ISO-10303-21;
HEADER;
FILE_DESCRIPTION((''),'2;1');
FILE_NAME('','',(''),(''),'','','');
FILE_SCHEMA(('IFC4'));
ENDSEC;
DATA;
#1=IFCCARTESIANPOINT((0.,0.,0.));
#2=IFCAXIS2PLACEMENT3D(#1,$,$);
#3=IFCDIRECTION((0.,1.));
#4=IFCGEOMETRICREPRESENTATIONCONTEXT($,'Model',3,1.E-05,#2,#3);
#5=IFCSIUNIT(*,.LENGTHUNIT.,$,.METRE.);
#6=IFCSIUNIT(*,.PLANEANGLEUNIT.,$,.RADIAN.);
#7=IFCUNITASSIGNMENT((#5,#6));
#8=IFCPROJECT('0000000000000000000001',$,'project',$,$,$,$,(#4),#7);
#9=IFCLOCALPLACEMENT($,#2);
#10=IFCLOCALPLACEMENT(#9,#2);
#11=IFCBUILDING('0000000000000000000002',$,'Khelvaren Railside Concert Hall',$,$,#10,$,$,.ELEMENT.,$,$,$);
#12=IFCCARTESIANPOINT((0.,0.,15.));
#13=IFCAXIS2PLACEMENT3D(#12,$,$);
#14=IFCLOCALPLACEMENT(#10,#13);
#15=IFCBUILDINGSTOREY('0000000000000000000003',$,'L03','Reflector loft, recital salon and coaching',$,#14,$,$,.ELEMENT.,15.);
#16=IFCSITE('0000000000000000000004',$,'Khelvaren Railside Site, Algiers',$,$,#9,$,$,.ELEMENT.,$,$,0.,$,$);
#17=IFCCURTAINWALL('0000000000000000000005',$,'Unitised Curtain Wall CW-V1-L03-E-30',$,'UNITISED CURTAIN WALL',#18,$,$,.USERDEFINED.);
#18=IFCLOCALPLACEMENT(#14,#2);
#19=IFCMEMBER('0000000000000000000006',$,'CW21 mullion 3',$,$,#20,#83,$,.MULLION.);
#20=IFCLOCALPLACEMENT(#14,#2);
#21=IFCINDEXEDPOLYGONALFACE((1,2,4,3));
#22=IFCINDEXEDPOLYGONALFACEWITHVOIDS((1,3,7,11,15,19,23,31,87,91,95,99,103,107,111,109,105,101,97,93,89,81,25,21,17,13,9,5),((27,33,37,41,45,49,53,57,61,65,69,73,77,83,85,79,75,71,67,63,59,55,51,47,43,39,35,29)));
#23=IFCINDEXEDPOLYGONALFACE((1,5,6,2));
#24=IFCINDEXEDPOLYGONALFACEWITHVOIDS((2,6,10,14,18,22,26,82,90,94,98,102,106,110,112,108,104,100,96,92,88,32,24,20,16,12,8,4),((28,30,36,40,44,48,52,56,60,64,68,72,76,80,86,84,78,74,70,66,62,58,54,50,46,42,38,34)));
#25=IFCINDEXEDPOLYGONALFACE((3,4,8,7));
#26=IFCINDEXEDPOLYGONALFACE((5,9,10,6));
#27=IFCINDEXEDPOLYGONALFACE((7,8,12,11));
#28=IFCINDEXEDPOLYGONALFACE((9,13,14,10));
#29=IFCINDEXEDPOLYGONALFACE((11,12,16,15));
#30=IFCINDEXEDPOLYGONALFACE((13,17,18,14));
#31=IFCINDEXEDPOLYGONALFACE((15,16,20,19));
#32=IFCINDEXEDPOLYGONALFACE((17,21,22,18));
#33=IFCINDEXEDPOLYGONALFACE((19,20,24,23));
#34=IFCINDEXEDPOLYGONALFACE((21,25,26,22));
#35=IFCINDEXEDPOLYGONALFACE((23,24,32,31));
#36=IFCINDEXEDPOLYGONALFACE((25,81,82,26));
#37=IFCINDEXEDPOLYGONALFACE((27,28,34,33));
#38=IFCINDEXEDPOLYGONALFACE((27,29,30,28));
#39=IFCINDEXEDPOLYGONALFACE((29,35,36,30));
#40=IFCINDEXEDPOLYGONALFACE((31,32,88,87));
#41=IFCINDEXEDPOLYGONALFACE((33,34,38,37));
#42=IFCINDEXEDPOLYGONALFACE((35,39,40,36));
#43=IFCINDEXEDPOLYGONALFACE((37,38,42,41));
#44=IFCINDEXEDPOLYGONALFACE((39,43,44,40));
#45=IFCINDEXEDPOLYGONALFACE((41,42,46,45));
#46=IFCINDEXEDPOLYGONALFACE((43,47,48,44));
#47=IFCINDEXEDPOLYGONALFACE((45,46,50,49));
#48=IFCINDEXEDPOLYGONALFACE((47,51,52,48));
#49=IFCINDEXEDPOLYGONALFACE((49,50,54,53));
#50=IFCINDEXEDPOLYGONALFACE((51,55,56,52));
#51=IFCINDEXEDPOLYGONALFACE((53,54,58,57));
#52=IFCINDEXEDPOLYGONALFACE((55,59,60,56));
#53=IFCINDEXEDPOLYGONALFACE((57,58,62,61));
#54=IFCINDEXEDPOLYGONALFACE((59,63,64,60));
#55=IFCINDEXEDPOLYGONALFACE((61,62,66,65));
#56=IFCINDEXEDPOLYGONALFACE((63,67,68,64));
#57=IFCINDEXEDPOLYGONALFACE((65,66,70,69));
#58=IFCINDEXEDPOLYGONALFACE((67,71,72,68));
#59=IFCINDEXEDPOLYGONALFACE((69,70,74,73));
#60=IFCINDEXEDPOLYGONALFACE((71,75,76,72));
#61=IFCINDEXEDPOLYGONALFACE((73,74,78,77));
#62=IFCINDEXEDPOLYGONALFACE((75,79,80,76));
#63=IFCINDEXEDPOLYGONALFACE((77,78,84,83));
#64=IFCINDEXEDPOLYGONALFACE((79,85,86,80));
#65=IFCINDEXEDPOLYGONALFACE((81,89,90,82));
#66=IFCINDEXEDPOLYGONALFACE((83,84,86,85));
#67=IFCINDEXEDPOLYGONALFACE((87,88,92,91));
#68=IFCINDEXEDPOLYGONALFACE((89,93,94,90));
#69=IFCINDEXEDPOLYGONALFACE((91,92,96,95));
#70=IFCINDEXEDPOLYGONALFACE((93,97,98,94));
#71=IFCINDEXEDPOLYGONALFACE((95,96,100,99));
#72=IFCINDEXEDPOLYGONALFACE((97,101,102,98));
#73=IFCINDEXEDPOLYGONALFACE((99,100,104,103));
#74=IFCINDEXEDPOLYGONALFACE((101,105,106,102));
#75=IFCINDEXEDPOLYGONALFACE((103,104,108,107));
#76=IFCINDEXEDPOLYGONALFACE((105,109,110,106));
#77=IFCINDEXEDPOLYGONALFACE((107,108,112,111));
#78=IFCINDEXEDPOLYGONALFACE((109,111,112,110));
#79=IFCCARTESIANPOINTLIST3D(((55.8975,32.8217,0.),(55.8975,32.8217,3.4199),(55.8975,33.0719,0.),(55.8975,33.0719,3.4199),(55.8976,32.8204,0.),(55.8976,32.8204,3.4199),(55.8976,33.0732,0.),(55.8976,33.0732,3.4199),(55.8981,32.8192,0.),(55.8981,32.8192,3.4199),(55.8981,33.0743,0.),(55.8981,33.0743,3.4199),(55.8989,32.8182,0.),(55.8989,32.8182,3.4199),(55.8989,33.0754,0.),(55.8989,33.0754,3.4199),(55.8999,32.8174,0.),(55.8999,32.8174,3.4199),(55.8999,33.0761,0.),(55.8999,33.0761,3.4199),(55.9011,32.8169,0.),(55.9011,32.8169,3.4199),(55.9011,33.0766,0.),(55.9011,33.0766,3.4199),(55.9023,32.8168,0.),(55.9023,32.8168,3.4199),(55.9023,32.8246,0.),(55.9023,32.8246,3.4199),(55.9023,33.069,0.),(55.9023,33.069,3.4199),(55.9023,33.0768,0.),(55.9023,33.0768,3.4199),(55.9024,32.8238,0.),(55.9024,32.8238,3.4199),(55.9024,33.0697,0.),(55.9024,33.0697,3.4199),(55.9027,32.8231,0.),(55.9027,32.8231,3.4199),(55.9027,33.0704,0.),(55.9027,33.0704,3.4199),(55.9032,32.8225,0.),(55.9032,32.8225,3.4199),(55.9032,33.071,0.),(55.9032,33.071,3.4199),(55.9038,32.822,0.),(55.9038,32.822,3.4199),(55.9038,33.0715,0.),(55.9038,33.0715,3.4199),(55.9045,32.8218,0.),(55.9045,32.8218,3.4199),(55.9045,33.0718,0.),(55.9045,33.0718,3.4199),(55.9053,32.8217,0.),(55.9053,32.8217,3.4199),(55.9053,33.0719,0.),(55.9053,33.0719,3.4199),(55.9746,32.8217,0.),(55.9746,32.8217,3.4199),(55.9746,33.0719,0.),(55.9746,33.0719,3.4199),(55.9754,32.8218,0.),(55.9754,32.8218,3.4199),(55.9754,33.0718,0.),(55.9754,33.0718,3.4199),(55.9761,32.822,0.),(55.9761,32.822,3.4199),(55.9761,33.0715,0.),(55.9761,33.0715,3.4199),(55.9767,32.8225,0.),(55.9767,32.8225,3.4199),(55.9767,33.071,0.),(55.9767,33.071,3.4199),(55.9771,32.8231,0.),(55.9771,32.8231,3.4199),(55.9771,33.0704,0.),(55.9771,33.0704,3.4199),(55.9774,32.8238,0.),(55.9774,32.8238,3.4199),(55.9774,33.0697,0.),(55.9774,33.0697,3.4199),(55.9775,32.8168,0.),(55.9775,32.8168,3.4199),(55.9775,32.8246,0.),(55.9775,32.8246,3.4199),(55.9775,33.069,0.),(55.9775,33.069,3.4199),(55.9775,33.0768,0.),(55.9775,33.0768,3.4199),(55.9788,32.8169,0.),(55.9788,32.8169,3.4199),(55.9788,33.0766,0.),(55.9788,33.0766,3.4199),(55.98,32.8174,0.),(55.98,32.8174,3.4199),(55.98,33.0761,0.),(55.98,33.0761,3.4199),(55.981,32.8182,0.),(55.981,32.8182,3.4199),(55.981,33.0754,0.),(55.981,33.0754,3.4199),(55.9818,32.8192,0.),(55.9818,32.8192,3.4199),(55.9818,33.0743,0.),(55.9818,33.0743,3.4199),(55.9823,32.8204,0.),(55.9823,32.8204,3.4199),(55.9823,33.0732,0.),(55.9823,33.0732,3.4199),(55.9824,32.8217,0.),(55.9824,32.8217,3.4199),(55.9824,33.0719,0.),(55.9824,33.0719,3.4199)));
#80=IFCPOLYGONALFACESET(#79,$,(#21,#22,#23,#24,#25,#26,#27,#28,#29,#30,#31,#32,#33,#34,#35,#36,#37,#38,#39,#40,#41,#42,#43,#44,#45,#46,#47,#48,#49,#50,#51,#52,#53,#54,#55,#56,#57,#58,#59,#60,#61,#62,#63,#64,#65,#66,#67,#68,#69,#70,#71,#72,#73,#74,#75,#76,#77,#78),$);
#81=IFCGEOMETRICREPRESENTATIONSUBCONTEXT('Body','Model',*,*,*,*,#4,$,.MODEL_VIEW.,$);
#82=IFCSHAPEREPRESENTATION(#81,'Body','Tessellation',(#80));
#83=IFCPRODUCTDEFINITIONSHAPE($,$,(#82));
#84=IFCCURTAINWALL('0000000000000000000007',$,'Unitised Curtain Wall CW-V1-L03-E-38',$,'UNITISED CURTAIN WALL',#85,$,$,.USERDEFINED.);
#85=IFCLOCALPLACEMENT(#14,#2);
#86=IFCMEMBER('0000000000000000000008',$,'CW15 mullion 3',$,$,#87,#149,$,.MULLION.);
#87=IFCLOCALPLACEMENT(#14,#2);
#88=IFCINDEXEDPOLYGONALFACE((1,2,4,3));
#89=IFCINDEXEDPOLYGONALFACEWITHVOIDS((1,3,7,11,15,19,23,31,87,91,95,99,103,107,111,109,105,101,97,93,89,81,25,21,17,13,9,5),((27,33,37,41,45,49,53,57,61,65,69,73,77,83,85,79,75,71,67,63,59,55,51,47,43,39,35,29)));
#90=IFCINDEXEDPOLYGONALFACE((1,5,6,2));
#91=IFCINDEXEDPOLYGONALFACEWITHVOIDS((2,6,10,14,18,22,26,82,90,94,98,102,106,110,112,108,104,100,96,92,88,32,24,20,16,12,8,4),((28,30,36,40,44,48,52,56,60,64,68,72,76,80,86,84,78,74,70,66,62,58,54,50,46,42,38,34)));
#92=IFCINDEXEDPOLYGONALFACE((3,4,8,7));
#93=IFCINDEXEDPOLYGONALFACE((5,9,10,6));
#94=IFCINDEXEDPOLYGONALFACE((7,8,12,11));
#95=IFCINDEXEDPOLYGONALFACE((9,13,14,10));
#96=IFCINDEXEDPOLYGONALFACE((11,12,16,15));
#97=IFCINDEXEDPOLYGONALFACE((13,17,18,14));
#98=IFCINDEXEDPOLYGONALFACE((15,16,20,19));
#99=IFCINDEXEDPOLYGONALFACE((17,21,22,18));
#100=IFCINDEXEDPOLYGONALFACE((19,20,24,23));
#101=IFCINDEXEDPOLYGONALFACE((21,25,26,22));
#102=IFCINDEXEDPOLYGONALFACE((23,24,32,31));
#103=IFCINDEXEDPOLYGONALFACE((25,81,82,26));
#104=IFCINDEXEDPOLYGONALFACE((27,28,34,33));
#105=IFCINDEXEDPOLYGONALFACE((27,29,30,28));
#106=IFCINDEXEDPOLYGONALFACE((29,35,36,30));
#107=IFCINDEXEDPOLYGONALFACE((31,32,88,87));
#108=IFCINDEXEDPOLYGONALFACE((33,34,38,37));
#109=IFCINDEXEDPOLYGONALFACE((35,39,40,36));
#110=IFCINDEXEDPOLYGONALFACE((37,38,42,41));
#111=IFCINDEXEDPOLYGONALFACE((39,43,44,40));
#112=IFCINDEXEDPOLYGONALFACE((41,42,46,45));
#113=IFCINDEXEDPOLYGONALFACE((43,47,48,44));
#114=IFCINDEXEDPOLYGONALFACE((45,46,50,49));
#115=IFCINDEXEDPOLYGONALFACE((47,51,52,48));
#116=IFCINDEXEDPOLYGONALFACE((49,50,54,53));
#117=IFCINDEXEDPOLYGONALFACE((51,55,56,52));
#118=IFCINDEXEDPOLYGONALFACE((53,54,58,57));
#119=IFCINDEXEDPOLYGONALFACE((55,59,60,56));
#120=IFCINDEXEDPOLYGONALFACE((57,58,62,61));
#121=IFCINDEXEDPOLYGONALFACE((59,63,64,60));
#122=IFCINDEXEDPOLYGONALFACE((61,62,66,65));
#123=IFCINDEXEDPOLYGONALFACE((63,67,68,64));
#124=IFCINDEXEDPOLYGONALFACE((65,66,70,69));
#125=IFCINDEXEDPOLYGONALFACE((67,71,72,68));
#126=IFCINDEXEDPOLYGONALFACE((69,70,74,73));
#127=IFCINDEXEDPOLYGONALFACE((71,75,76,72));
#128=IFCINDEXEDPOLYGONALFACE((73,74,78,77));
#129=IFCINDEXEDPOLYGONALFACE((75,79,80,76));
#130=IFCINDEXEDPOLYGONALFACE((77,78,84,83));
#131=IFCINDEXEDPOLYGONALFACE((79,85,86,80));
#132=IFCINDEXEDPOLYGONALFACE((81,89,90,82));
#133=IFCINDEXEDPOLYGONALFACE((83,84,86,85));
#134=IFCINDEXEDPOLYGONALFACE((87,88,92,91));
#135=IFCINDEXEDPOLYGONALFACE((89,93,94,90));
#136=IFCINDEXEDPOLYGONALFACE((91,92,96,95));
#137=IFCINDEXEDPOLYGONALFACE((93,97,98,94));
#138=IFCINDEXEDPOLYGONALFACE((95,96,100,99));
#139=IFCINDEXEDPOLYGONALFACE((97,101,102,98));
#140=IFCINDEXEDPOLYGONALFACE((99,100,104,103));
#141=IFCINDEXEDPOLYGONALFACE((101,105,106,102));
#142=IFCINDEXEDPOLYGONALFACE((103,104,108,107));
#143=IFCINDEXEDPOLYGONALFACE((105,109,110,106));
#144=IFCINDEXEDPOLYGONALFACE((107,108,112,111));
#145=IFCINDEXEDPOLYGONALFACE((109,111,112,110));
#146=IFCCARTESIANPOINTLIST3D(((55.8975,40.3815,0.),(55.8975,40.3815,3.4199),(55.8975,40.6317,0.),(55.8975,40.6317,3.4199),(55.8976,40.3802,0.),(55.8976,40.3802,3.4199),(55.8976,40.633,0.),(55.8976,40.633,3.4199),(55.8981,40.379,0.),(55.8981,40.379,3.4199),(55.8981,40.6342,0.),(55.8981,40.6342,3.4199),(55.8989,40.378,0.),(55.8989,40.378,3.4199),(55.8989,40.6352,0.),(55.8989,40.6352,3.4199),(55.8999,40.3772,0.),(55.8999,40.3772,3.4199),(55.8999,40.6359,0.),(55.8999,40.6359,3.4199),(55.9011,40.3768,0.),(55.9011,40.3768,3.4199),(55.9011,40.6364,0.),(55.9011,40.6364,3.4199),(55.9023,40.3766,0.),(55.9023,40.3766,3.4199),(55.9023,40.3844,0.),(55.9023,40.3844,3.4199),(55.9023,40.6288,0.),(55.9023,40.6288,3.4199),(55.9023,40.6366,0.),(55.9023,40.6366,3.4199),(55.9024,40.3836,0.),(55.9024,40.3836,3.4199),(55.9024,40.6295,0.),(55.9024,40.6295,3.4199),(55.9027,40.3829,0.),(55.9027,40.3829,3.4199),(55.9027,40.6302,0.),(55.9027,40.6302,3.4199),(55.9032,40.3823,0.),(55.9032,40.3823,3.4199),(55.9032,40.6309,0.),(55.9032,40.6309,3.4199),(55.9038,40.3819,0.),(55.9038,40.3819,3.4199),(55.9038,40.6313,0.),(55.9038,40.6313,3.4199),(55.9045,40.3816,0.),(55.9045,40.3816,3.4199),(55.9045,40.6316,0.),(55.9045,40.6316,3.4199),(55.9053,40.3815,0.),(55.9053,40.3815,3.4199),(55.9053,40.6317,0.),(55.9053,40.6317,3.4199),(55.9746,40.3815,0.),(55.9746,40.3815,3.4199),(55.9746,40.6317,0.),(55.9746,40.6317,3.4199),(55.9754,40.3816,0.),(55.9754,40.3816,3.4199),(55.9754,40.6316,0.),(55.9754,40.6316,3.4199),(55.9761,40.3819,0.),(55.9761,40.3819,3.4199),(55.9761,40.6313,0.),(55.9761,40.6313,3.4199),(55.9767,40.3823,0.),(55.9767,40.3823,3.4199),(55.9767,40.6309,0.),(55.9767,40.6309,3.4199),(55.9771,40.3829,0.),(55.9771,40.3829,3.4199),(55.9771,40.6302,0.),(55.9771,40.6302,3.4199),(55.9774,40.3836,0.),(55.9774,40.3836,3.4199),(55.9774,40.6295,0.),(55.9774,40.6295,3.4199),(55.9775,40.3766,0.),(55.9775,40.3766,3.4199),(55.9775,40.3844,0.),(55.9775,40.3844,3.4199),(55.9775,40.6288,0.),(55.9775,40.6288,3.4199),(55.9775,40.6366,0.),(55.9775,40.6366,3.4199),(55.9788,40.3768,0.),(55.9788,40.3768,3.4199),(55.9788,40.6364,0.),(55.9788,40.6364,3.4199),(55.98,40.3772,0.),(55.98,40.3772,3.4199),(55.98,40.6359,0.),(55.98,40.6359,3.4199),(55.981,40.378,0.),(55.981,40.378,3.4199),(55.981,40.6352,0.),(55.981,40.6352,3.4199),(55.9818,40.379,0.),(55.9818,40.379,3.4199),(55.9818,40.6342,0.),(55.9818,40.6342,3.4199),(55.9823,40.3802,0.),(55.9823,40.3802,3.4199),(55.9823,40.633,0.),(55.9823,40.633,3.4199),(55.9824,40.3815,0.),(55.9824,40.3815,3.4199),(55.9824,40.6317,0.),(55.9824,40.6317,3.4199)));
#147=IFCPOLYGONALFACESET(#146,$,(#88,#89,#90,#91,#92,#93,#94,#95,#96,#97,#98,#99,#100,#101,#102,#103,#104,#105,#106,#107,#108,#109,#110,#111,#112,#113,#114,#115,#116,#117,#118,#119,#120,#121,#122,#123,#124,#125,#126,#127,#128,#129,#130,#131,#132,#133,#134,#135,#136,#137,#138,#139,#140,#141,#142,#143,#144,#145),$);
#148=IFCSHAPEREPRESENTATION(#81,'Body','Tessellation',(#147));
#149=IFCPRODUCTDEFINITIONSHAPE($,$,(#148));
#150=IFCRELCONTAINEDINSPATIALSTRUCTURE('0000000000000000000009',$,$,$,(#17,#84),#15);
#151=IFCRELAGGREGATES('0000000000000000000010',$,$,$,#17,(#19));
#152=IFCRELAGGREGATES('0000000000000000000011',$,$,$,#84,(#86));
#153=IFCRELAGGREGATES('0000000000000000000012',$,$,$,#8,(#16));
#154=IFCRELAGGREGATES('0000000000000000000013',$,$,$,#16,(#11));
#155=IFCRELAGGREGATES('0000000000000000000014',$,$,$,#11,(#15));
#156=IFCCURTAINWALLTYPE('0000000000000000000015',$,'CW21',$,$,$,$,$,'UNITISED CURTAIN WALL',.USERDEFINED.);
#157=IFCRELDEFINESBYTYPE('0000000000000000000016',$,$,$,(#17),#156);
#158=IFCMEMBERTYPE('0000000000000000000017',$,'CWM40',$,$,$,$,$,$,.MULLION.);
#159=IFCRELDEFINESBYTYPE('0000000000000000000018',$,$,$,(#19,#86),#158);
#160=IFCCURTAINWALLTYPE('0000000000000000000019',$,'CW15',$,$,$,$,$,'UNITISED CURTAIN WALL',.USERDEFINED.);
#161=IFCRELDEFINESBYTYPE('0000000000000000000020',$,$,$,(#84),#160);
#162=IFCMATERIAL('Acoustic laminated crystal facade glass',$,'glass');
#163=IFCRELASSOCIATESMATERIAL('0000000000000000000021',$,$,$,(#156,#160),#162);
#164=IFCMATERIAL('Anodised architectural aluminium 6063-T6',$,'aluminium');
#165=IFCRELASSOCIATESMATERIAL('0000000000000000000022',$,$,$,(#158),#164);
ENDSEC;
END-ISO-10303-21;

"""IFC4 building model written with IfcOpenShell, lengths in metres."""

from ifc_helpers import new_model, si_unit, direction, frame, origin, origin_2d, place, context, subcontext, project, spatial, hollow_rectangle, extrude, material, material_profile, profile_set, type_object, element, aggregate, save


model = new_model("IFC4")

# Units and contexts
model_context = context("Model", 3, precision=1e-05, world=origin(), true_north=direction((0.0, 1.0)))
body_context = subcontext(model_context, "Body", "Model", "MODEL_VIEW")
ifc_project = project(units=[si_unit("LENGTHUNIT", "METRE"), si_unit("PLANEANGLEUNIT", "RADIAN")], contexts=[model_context])

# Site, building, storey
site_placement = place(None, origin())
site = spatial("IfcSite", under=ifc_project, at=site_placement, Name="Khelvaren Railside Site, Algiers", CompositionType="ELEMENT", RefElevation=0.0)
building_placement = place(site_placement, origin())
building = spatial("IfcBuilding", under=site, at=building_placement, Name="Khelvaren Railside Concert Hall", CompositionType="ELEMENT")
storey_placement = place(building_placement, frame((0.0, 0.0, 15.0)))
storey = spatial("IfcBuildingStorey", under=building, at=storey_placement, Name="L03", Description="Reflector loft, recital salon and coaching", CompositionType="ELEMENT", Elevation=15.0)

# Curtain walls, members
ifc_material_1 = material(Name="Acoustic laminated crystal facade glass", Category="glass")
curtain_wall_type_1 = type_object("IfcCurtainWallType", Name="CW21", ElementType="UNITISED CURTAIN WALL", PredefinedType="USERDEFINED", material=ifc_material_1)
curtain_wall_1_placement = place(storey_placement, origin())
curtain_wall_1 = element("IfcCurtainWall", 1, at=curtain_wall_1_placement, inside=storey, type_object=curtain_wall_type_1, Name="Unitised Curtain Wall CW-V1-L03-E-30", ObjectType="UNITISED CURTAIN WALL", PredefinedType="USERDEFINED")
ifc_material_2 = material(Name="Anodised architectural aluminium 6063-T6", Category="aluminium")
ifc_material_profile_1 = material_profile(ifc_material_2, hollow_rectangle(XDim=0.085, YDim=0.26, WallThickness=0.0049, InnerFilletRadius=0.0029, OuterFilletRadius=0.0049, at=origin_2d()), Name="CWM 85x260x5")
ifc_profile_set_1 = profile_set([ifc_material_profile_1], Name="Anodised architectural aluminium 6063-T6")
member_type_1 = type_object("IfcMemberType", Name="CWM40", PredefinedType="MULLION", material=ifc_profile_set_1)
member_1_placement = place(storey_placement, frame((55.9399, 32.9468, 0.0), z_axis=(0.0, 0.0, 1.0), x_axis=(1.0, 0.0, 0.0)))
member_1 = element("IfcMember", 2, at=member_1_placement, type_object=member_type_1, Name="CW21 mullion 3", PredefinedType="MULLION", context=body_context, shape_type="SweptSolid", body=[
    extrude(hollow_rectangle(XDim=0.085, YDim=0.26, WallThickness=0.0049, InnerFilletRadius=0.0029, OuterFilletRadius=0.0049, at=origin_2d()), origin(), (0.0, 0.0, 1.0), 3.4199),
])
curtain_wall_type_2 = type_object("IfcCurtainWallType", Name="CW15", ElementType="UNITISED CURTAIN WALL", PredefinedType="USERDEFINED", material=ifc_material_1)
curtain_wall_2_placement = place(storey_placement, origin())
curtain_wall_2 = element("IfcCurtainWall", 3, at=curtain_wall_2_placement, inside=storey, type_object=curtain_wall_type_2, Name="Unitised Curtain Wall CW-V1-L03-E-38", ObjectType="UNITISED CURTAIN WALL", PredefinedType="USERDEFINED")
member_2_placement = place(storey_placement, frame((55.9399, 40.5066, 0.0), z_axis=(0.0, 0.0, 1.0), x_axis=(1.0, 0.0, 0.0)))
member_2 = element("IfcMember", 4, at=member_2_placement, type_object=member_type_1, Name="CW15 mullion 3", PredefinedType="MULLION", context=body_context, shape_type="SweptSolid", body=[
    extrude(hollow_rectangle(XDim=0.085, YDim=0.26, WallThickness=0.0049, InnerFilletRadius=0.0029, OuterFilletRadius=0.0049, at=origin_2d()), origin(), (0.0, 0.0, 1.0), 3.4199),
])

aggregate(curtain_wall_1, [member_1])
aggregate(curtain_wall_2, [member_2])

save(model, "model.ifc")
